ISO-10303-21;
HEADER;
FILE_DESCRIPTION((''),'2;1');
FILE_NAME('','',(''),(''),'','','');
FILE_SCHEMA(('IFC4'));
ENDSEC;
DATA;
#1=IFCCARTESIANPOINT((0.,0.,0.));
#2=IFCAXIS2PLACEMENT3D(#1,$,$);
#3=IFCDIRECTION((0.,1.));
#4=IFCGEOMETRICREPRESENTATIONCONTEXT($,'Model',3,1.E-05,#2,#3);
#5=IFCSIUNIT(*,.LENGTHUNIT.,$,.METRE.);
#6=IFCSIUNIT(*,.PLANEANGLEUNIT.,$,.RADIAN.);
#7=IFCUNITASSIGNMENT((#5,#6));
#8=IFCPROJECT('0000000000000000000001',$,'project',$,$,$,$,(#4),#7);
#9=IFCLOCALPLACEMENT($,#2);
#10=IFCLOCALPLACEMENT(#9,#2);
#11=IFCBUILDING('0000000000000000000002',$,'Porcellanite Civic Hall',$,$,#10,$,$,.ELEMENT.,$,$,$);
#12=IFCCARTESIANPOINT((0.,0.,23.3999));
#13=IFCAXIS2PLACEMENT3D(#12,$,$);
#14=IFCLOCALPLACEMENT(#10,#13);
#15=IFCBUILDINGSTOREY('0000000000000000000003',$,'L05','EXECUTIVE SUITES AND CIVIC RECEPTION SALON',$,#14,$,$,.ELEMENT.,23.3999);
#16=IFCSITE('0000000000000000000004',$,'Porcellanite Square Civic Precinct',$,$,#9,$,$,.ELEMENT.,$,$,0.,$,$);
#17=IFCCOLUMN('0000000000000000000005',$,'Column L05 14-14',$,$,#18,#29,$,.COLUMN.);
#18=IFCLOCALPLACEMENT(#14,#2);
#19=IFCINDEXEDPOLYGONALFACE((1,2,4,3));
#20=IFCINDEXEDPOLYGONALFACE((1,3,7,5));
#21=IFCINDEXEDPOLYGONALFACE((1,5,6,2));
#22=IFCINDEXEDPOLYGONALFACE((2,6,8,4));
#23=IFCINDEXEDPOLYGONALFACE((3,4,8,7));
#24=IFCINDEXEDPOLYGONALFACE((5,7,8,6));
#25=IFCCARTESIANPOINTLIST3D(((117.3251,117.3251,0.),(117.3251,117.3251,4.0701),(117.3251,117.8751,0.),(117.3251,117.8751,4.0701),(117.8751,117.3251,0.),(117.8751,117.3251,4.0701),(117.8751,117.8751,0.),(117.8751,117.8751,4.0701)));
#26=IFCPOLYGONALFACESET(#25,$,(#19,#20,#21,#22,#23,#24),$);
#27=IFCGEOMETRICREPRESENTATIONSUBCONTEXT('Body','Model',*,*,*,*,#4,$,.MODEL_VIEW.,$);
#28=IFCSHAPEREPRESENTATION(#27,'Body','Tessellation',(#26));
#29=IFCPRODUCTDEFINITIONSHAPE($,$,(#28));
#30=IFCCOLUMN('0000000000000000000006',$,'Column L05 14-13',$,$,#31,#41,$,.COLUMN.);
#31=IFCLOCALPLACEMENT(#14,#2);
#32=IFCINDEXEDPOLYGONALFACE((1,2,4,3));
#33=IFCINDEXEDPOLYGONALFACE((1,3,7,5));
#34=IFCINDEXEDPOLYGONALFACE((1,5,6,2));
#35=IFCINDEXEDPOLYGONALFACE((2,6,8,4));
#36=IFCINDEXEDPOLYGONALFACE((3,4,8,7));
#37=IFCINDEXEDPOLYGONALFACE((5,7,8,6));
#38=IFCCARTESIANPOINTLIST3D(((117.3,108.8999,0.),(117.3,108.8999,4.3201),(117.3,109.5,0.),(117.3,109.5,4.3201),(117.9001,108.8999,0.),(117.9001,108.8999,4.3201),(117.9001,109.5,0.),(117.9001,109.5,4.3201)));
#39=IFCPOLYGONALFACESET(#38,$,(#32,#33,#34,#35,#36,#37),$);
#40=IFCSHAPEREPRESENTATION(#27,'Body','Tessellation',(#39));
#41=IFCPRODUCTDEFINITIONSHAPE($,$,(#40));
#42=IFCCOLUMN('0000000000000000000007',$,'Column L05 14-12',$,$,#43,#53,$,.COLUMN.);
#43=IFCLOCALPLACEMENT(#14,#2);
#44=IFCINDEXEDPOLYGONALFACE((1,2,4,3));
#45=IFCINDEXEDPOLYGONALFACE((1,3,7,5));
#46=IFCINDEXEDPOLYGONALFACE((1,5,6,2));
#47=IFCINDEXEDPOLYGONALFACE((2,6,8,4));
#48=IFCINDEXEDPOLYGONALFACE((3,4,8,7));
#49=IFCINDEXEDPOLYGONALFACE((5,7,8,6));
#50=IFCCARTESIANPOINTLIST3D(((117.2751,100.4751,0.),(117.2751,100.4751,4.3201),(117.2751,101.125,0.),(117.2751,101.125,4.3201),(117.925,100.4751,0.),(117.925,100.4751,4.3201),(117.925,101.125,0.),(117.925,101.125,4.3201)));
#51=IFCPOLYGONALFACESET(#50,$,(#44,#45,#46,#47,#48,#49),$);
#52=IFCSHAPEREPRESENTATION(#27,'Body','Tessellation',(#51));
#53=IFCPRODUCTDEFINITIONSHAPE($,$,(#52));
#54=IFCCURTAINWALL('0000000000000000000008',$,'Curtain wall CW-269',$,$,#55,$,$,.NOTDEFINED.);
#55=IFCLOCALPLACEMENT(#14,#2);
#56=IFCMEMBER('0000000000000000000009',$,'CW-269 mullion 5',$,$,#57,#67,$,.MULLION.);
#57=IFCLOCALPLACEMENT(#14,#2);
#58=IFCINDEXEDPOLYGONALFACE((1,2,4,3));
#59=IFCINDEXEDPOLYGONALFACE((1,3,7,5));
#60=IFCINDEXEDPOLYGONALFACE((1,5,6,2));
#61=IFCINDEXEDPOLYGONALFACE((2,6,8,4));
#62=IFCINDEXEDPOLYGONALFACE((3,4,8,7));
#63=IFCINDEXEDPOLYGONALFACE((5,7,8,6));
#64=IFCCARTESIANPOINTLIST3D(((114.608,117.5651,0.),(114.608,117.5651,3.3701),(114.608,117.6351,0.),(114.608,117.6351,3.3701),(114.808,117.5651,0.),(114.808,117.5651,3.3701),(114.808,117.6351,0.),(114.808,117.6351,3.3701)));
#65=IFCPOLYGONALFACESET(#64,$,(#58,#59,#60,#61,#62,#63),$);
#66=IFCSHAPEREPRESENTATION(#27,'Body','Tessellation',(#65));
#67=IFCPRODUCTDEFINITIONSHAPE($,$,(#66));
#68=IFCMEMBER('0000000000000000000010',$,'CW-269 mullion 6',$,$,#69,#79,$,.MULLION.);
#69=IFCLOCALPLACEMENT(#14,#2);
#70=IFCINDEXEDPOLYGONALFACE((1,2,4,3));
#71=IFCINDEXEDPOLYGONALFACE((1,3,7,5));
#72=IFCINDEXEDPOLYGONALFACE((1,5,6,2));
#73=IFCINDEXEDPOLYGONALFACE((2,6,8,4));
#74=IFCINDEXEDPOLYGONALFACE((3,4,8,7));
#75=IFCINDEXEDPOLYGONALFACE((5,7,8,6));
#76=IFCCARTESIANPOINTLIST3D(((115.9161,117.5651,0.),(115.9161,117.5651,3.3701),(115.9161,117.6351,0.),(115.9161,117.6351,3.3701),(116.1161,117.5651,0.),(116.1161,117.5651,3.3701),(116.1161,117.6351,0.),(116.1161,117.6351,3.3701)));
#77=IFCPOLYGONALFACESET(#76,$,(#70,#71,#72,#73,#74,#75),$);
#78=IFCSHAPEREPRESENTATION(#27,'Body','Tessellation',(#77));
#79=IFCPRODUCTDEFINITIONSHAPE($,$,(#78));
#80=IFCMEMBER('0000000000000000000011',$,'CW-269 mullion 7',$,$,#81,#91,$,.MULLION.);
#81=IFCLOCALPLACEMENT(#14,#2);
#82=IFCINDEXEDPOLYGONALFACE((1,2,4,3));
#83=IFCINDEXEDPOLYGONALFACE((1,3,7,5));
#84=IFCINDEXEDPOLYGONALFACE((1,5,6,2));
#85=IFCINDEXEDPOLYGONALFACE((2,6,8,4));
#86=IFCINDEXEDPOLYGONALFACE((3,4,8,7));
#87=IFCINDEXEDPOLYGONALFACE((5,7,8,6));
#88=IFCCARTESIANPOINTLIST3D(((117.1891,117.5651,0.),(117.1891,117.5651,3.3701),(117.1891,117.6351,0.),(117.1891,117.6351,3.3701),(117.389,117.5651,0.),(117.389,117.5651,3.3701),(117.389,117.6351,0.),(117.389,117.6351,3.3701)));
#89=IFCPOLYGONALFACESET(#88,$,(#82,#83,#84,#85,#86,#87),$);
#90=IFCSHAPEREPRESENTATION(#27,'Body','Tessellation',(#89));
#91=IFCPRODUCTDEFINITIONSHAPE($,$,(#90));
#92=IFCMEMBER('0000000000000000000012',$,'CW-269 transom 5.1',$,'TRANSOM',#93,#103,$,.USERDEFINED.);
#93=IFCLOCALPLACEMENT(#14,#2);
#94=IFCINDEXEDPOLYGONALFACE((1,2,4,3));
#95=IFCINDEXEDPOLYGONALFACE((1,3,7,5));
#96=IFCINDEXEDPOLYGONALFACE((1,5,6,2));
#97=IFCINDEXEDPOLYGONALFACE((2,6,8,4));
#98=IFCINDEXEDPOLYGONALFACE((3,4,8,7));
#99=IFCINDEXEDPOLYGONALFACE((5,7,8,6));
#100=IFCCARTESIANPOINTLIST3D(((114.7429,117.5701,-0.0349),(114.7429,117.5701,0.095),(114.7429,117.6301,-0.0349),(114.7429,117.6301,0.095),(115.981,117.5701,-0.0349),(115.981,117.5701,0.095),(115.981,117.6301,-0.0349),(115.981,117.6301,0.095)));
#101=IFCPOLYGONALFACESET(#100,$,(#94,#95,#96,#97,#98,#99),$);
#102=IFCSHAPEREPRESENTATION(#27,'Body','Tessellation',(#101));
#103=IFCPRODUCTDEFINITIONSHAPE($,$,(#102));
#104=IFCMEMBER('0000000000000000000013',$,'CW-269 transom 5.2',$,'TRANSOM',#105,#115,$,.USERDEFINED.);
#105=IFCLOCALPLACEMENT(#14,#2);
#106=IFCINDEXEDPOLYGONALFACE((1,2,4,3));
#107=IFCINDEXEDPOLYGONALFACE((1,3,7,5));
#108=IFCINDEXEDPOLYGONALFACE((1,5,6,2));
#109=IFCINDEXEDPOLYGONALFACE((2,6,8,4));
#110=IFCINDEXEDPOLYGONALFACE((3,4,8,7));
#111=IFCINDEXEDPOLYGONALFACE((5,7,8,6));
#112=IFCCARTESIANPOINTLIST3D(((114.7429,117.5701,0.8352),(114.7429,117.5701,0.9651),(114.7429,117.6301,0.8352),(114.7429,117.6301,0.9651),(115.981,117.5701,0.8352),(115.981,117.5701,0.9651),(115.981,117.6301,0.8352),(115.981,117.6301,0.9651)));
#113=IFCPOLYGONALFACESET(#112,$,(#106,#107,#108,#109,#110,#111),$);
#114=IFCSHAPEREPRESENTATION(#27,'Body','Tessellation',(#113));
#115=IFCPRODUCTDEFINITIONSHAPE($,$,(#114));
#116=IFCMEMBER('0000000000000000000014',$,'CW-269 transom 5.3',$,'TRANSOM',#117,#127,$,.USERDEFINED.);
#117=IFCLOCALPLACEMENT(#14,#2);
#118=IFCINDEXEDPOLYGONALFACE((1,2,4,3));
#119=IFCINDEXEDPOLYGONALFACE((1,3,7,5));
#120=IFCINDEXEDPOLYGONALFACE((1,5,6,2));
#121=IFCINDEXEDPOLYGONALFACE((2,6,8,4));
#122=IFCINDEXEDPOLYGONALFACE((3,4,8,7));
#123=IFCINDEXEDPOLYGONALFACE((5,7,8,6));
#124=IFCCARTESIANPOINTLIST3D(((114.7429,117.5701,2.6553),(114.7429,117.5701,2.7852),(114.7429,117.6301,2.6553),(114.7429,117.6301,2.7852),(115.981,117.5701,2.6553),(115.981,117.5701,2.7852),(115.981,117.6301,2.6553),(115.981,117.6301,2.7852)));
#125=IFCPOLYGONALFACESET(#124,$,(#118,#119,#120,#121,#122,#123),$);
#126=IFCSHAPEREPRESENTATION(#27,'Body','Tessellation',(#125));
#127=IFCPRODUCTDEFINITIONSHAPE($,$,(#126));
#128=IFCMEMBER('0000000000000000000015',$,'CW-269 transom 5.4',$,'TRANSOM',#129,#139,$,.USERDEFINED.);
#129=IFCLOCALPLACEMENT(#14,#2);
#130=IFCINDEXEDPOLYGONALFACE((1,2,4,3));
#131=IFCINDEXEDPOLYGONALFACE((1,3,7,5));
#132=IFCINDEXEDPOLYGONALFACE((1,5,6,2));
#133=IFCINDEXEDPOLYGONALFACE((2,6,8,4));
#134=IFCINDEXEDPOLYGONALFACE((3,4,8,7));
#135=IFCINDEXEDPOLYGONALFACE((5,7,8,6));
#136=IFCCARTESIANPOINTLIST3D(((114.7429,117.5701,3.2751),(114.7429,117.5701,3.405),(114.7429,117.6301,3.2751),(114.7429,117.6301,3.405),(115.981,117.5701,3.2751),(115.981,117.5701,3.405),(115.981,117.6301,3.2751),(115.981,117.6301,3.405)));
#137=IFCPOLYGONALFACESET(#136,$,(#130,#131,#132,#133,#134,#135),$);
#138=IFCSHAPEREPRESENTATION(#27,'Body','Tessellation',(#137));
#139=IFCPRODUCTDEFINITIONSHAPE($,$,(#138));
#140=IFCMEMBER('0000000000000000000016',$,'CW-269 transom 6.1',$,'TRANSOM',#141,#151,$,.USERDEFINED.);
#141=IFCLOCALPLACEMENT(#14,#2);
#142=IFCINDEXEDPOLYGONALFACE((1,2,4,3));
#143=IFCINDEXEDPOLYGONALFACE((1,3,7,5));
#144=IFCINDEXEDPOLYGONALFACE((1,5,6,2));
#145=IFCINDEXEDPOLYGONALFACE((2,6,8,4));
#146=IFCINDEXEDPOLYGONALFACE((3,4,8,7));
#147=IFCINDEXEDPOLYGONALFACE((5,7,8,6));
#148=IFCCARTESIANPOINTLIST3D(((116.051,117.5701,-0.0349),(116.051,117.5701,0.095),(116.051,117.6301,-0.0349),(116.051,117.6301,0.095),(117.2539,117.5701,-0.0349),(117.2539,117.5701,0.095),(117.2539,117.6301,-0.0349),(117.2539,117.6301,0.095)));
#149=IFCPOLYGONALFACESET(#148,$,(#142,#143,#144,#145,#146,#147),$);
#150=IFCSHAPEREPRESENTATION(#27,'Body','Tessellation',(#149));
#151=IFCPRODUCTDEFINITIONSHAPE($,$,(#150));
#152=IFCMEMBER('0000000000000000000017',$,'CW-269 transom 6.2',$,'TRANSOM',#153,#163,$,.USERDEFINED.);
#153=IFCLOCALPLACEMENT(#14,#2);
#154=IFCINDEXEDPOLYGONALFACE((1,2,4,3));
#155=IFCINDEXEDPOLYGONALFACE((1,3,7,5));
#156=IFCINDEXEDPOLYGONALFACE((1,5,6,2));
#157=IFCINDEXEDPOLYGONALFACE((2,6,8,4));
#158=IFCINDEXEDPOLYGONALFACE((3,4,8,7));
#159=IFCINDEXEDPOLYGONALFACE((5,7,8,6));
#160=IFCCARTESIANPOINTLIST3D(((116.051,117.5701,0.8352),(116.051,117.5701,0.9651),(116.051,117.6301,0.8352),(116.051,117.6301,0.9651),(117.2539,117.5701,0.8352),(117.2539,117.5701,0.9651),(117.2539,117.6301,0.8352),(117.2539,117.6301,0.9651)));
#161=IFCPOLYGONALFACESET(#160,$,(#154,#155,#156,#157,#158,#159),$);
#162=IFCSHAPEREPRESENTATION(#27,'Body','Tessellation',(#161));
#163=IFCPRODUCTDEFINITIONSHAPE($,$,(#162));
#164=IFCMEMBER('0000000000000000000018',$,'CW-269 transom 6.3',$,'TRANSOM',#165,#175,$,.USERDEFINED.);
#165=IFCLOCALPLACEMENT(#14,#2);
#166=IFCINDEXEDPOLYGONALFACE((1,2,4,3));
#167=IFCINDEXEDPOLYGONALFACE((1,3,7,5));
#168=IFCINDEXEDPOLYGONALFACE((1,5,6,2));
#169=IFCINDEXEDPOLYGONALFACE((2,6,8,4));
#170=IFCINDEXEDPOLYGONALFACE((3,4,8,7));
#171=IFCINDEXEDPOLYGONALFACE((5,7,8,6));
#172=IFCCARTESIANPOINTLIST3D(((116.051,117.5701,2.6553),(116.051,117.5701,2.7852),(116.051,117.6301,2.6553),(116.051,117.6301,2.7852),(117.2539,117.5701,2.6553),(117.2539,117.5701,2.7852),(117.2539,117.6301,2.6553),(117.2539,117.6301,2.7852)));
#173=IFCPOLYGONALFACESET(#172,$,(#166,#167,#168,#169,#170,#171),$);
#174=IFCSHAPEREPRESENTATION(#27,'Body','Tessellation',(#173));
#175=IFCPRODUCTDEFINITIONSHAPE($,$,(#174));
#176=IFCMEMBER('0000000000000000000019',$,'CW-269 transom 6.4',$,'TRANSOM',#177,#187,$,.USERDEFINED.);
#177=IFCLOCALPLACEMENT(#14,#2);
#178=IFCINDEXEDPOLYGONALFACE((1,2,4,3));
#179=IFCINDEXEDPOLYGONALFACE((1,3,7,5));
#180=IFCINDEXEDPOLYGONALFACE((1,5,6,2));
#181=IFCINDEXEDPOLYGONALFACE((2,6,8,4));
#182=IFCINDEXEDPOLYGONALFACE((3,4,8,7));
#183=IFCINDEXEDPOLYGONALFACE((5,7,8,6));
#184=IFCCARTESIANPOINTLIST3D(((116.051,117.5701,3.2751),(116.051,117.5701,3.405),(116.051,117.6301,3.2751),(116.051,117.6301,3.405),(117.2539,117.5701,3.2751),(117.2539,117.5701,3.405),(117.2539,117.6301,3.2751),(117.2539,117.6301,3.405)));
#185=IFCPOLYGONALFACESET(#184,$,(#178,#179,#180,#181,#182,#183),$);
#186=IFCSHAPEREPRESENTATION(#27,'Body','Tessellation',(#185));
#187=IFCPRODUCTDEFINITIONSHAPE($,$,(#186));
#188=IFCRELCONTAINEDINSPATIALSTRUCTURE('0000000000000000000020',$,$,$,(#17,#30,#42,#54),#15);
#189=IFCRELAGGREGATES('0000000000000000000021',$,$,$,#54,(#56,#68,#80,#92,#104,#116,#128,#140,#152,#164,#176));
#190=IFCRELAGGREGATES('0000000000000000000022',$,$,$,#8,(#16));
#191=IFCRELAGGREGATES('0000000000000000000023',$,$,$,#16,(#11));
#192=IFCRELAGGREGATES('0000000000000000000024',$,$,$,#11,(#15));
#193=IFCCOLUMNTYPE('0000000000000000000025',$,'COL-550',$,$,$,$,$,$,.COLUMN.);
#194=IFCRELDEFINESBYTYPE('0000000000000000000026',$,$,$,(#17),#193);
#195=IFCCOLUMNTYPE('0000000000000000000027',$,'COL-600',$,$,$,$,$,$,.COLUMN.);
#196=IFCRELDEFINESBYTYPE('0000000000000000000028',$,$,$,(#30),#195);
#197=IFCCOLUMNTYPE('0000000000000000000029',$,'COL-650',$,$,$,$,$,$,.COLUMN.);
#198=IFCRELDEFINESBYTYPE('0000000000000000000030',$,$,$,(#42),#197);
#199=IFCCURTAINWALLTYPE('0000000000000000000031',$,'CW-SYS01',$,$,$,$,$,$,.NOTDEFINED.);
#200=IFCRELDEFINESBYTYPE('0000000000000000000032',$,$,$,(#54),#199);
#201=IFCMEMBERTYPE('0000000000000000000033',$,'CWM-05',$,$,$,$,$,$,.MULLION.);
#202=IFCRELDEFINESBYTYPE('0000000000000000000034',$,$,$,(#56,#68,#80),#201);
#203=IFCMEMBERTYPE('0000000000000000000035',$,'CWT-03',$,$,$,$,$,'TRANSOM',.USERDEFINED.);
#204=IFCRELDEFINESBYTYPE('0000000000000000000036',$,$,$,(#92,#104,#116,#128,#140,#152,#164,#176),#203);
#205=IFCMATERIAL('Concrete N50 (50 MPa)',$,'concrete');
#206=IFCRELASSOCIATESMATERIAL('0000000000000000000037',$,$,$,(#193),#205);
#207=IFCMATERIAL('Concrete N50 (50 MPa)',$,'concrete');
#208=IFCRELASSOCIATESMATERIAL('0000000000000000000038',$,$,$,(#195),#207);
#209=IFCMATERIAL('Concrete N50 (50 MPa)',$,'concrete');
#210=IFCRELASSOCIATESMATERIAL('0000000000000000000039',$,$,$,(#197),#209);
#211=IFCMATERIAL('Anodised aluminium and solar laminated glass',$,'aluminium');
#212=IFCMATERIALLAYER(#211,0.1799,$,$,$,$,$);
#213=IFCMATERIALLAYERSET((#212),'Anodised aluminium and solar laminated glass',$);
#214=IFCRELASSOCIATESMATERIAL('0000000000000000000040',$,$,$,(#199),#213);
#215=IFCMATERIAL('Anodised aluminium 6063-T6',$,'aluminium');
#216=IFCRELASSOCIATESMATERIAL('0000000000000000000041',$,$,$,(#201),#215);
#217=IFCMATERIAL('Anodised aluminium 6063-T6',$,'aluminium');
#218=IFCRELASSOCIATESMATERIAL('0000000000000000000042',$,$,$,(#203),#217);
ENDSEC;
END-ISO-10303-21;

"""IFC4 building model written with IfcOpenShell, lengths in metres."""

from ifc_helpers import new_model, si_unit, direction, frame, origin, origin_2d, place, context, subcontext, project, spatial, rectangle, extrude, material, layer, layer_set, material_profile, profile_set, type_object, element, aggregate, save


model = new_model("IFC4")

# Units and contexts
model_context = context("Model", 3, precision=1e-05, world=origin(), true_north=direction((0.0, 1.0)))
body_context = subcontext(model_context, "Body", "Model", "MODEL_VIEW")
ifc_project = project(units=[si_unit("LENGTHUNIT", "METRE"), si_unit("PLANEANGLEUNIT", "RADIAN")], contexts=[model_context])

# Site, building, storey
site_placement = place(None, origin())
site = spatial("IfcSite", under=ifc_project, at=site_placement, Name="Porcellanite Square Civic Precinct", CompositionType="ELEMENT", RefElevation=0.0)
building_placement = place(site_placement, origin())
building = spatial("IfcBuilding", under=site, at=building_placement, Name="Porcellanite Civic Hall", CompositionType="ELEMENT")
storey_placement = place(building_placement, frame((0.0, 0.0, 23.3999)))
storey = spatial("IfcBuildingStorey", under=building, at=storey_placement, Name="L05", Description="EXECUTIVE SUITES AND CIVIC RECEPTION SALON", CompositionType="ELEMENT", Elevation=23.3999)

# Columns
ifc_material_1 = material(Name="Concrete N50 (50 MPa)", Category="concrete")
ifc_material_profile_1 = material_profile(ifc_material_1, rectangle(XDim=0.55, YDim=0.55, at=origin_2d()), Name="RC-550x550")
ifc_profile_set_1 = profile_set([ifc_material_profile_1], Name="Concrete N50 (50 MPa)")
column_type_1 = type_object("IfcColumnType", Name="COL-550", PredefinedType="COLUMN", material=ifc_profile_set_1)
column_1_placement = place(storey_placement, frame((117.6001, 117.6001, 0.0), z_axis=(0.0, 0.0, 1.0), x_axis=(1.0, 0.0, 0.0)))
element("IfcColumn", 1, at=column_1_placement, inside=storey, type_object=column_type_1, Name="Column L05 14-14", PredefinedType="COLUMN", context=body_context, shape_type="SweptSolid", body=[
    extrude(rectangle(XDim=0.55, YDim=0.55, at=origin_2d()), origin(), (0.0, 0.0, 1.0), 4.0701),
])
ifc_material_2 = material(Name="Concrete N50 (50 MPa)", Category="concrete")
ifc_material_profile_2 = material_profile(ifc_material_2, rectangle(XDim=0.6001, YDim=0.6001, at=origin_2d()), Name="RC-600x600")
ifc_profile_set_2 = profile_set([ifc_material_profile_2], Name="Concrete N50 (50 MPa)")
column_type_2 = type_object("IfcColumnType", Name="COL-600", PredefinedType="COLUMN", material=ifc_profile_set_2)
column_2_placement = place(storey_placement, frame((117.6001, 109.2, 0.0), z_axis=(0.0, 0.0, 1.0), x_axis=(1.0, 0.0, 0.0)))
element("IfcColumn", 2, at=column_2_placement, inside=storey, type_object=column_type_2, Name="Column L05 14-13", PredefinedType="COLUMN", context=body_context, shape_type="SweptSolid", body=[
    extrude(rectangle(XDim=0.6001, YDim=0.6001, at=origin_2d()), origin(), (0.0, 0.0, 1.0), 4.3201),
])
ifc_material_3 = material(Name="Concrete N50 (50 MPa)", Category="concrete")
ifc_material_profile_3 = material_profile(ifc_material_3, rectangle(XDim=0.6499, YDim=0.6499, at=origin_2d()), Name="RC-650x650")
ifc_profile_set_3 = profile_set([ifc_material_profile_3], Name="Concrete N50 (50 MPa)")
column_type_3 = type_object("IfcColumnType", Name="COL-650", PredefinedType="COLUMN", material=ifc_profile_set_3)
column_3_placement = place(storey_placement, frame((117.6001, 100.8, 0.0), z_axis=(0.0, 0.0, 1.0), x_axis=(1.0, 0.0, 0.0)))
element("IfcColumn", 3, at=column_3_placement, inside=storey, type_object=column_type_3, Name="Column L05 14-12", PredefinedType="COLUMN", context=body_context, shape_type="SweptSolid", body=[
    extrude(rectangle(XDim=0.6499, YDim=0.6499, at=origin_2d()), origin(), (0.0, 0.0, 1.0), 4.3201),
])

# Curtain wall, members
ifc_material_4 = material(Name="Anodised aluminium and solar laminated glass", Category="aluminium")
ifc_layer_1 = layer(ifc_material_4, 0.1799)
ifc_layer_set_1 = layer_set([ifc_layer_1], Name="Anodised aluminium and solar laminated glass")
curtain_wall_type = type_object("IfcCurtainWallType", Name="CW-SYS01", PredefinedType="NOTDEFINED", material=ifc_layer_set_1)
curtain_wall_placement = place(storey_placement, origin())
curtain_wall = element("IfcCurtainWall", 4, at=curtain_wall_placement, inside=storey, type_object=curtain_wall_type, Name="Curtain wall CW-269", PredefinedType="NOTDEFINED")
ifc_material_5 = material(Name="Anodised aluminium 6063-T6", Category="aluminium")
ifc_material_profile_4 = material_profile(ifc_material_5, rectangle(XDim=0.0701, YDim=0.2, at=origin_2d()), Name="AL-70x200")
ifc_profile_set_4 = profile_set([ifc_material_profile_4], Name="Anodised aluminium 6063-T6")
member_type_1 = type_object("IfcMemberType", Name="CWM-05", PredefinedType="MULLION", material=ifc_profile_set_4)
member_1_placement = place(storey_placement, frame((114.708, 117.6001, 0.0), z_axis=(0.0, 0.0, 1.0), x_axis=(0.0, 1.0, 0.0)))
member_1 = element("IfcMember", 5, at=member_1_placement, type_object=member_type_1, Name="CW-269 mullion 5", PredefinedType="MULLION", context=body_context, shape_type="SweptSolid", body=[
    extrude(rectangle(XDim=0.0701, YDim=0.2, at=origin_2d()), origin(), (0.0, 0.0, 1.0), 3.3701),
])
member_2_placement = place(storey_placement, frame((116.0161, 117.6001, 0.0), z_axis=(0.0, 0.0, 1.0), x_axis=(0.0, 1.0, 0.0)))
member_2 = element("IfcMember", 6, at=member_2_placement, type_object=member_type_1, Name="CW-269 mullion 6", PredefinedType="MULLION", context=body_context, shape_type="SweptSolid", body=[
    extrude(rectangle(XDim=0.0701, YDim=0.2, at=origin_2d()), origin(), (0.0, 0.0, 1.0), 3.3701),
])
member_3_placement = place(storey_placement, frame((117.2891, 117.6001, 0.0), z_axis=(0.0, 0.0, 1.0), x_axis=(0.0, 1.0, 0.0)))
member_3 = element("IfcMember", 7, at=member_3_placement, type_object=member_type_1, Name="CW-269 mullion 7", PredefinedType="MULLION", context=body_context, shape_type="SweptSolid", body=[
    extrude(rectangle(XDim=0.0701, YDim=0.2, at=origin_2d()), origin(), (0.0, 0.0, 1.0), 3.3701),
])
ifc_material_6 = material(Name="Anodised aluminium 6063-T6", Category="aluminium")
ifc_material_profile_5 = material_profile(ifc_material_6, rectangle(XDim=0.0601, YDim=0.1299, at=origin_2d()), Name="AL-60x130")
ifc_profile_set_5 = profile_set([ifc_material_profile_5], Name="Anodised aluminium 6063-T6")
member_type_2 = type_object("IfcMemberType", Name="CWT-03", ElementType="TRANSOM", PredefinedType="USERDEFINED", material=ifc_profile_set_5)
member_4_placement = place(storey_placement, frame((114.7429, 117.6001, 0.03), z_axis=(1.0, 0.0, 0.0), x_axis=(0.0, 1.0, 0.0)))
member_4 = element("IfcMember", 8, at=member_4_placement, type_object=member_type_2, Name="CW-269 transom 5.1", ObjectType="TRANSOM", PredefinedType="USERDEFINED", context=body_context, shape_type="SweptSolid", body=[
    extrude(rectangle(XDim=0.0601, YDim=0.1299, at=origin_2d()), origin(), (0.0, 0.0, 1.0), 1.238),
])
member_5_placement = place(storey_placement, frame((114.7429, 117.6001, 0.9001), z_axis=(1.0, 0.0, 0.0), x_axis=(0.0, 1.0, 0.0)))
member_5 = element("IfcMember", 9, at=member_5_placement, type_object=member_type_2, Name="CW-269 transom 5.2", ObjectType="TRANSOM", PredefinedType="USERDEFINED", context=body_context, shape_type="SweptSolid", body=[
    extrude(rectangle(XDim=0.0601, YDim=0.1299, at=origin_2d()), origin(), (0.0, 0.0, 1.0), 1.238),
])
member_6_placement = place(storey_placement, frame((114.7429, 117.6001, 2.7202), z_axis=(1.0, 0.0, 0.0), x_axis=(0.0, 1.0, 0.0)))
member_6 = element("IfcMember", 10, at=member_6_placement, type_object=member_type_2, Name="CW-269 transom 5.3", ObjectType="TRANSOM", PredefinedType="USERDEFINED", context=body_context, shape_type="SweptSolid", body=[
    extrude(rectangle(XDim=0.0601, YDim=0.1299, at=origin_2d()), origin(), (0.0, 0.0, 1.0), 1.238),
])
member_7_placement = place(storey_placement, frame((114.7429, 117.6001, 3.3401), z_axis=(1.0, 0.0, 0.0), x_axis=(0.0, 1.0, 0.0)))
member_7 = element("IfcMember", 11, at=member_7_placement, type_object=member_type_2, Name="CW-269 transom 5.4", ObjectType="TRANSOM", PredefinedType="USERDEFINED", context=body_context, shape_type="SweptSolid", body=[
    extrude(rectangle(XDim=0.0601, YDim=0.1299, at=origin_2d()), origin(), (0.0, 0.0, 1.0), 1.238),
])
member_8_placement = place(storey_placement, frame((116.051, 117.6001, 0.03), z_axis=(1.0, 0.0, 0.0), x_axis=(0.0, 1.0, 0.0)))
member_8 = element("IfcMember", 12, at=member_8_placement, type_object=member_type_2, Name="CW-269 transom 6.1", ObjectType="TRANSOM", PredefinedType="USERDEFINED", context=body_context, shape_type="SweptSolid", body=[
    extrude(rectangle(XDim=0.0601, YDim=0.1299, at=origin_2d()), origin(), (0.0, 0.0, 1.0), 1.2029),
])
member_9_placement = place(storey_placement, frame((116.051, 117.6001, 0.9001), z_axis=(1.0, 0.0, 0.0), x_axis=(0.0, 1.0, 0.0)))
member_9 = element("IfcMember", 13, at=member_9_placement, type_object=member_type_2, Name="CW-269 transom 6.2", ObjectType="TRANSOM", PredefinedType="USERDEFINED", context=body_context, shape_type="SweptSolid", body=[
    extrude(rectangle(XDim=0.0601, YDim=0.1299, at=origin_2d()), origin(), (0.0, 0.0, 1.0), 1.2029),
])
member_10_placement = place(storey_placement, frame((116.051, 117.6001, 2.7202), z_axis=(1.0, 0.0, 0.0), x_axis=(0.0, 1.0, 0.0)))
member_10 = element("IfcMember", 14, at=member_10_placement, type_object=member_type_2, Name="CW-269 transom 6.3", ObjectType="TRANSOM", PredefinedType="USERDEFINED", context=body_context, shape_type="SweptSolid", body=[
    extrude(rectangle(XDim=0.0601, YDim=0.1299, at=origin_2d()), origin(), (0.0, 0.0, 1.0), 1.2029),
])
member_11_placement = place(storey_placement, frame((116.051, 117.6001, 3.3401), z_axis=(1.0, 0.0, 0.0), x_axis=(0.0, 1.0, 0.0)))
member_11 = element("IfcMember", 15, at=member_11_placement, type_object=member_type_2, Name="CW-269 transom 6.4", ObjectType="TRANSOM", PredefinedType="USERDEFINED", context=body_context, shape_type="SweptSolid", body=[
    extrude(rectangle(XDim=0.0601, YDim=0.1299, at=origin_2d()), origin(), (0.0, 0.0, 1.0), 1.2029),
])
aggregate(curtain_wall, [member_1, member_2, member_3, member_4, member_5, member_6, member_7, member_8, member_9, member_10, member_11])

save(model, "model.ifc")
